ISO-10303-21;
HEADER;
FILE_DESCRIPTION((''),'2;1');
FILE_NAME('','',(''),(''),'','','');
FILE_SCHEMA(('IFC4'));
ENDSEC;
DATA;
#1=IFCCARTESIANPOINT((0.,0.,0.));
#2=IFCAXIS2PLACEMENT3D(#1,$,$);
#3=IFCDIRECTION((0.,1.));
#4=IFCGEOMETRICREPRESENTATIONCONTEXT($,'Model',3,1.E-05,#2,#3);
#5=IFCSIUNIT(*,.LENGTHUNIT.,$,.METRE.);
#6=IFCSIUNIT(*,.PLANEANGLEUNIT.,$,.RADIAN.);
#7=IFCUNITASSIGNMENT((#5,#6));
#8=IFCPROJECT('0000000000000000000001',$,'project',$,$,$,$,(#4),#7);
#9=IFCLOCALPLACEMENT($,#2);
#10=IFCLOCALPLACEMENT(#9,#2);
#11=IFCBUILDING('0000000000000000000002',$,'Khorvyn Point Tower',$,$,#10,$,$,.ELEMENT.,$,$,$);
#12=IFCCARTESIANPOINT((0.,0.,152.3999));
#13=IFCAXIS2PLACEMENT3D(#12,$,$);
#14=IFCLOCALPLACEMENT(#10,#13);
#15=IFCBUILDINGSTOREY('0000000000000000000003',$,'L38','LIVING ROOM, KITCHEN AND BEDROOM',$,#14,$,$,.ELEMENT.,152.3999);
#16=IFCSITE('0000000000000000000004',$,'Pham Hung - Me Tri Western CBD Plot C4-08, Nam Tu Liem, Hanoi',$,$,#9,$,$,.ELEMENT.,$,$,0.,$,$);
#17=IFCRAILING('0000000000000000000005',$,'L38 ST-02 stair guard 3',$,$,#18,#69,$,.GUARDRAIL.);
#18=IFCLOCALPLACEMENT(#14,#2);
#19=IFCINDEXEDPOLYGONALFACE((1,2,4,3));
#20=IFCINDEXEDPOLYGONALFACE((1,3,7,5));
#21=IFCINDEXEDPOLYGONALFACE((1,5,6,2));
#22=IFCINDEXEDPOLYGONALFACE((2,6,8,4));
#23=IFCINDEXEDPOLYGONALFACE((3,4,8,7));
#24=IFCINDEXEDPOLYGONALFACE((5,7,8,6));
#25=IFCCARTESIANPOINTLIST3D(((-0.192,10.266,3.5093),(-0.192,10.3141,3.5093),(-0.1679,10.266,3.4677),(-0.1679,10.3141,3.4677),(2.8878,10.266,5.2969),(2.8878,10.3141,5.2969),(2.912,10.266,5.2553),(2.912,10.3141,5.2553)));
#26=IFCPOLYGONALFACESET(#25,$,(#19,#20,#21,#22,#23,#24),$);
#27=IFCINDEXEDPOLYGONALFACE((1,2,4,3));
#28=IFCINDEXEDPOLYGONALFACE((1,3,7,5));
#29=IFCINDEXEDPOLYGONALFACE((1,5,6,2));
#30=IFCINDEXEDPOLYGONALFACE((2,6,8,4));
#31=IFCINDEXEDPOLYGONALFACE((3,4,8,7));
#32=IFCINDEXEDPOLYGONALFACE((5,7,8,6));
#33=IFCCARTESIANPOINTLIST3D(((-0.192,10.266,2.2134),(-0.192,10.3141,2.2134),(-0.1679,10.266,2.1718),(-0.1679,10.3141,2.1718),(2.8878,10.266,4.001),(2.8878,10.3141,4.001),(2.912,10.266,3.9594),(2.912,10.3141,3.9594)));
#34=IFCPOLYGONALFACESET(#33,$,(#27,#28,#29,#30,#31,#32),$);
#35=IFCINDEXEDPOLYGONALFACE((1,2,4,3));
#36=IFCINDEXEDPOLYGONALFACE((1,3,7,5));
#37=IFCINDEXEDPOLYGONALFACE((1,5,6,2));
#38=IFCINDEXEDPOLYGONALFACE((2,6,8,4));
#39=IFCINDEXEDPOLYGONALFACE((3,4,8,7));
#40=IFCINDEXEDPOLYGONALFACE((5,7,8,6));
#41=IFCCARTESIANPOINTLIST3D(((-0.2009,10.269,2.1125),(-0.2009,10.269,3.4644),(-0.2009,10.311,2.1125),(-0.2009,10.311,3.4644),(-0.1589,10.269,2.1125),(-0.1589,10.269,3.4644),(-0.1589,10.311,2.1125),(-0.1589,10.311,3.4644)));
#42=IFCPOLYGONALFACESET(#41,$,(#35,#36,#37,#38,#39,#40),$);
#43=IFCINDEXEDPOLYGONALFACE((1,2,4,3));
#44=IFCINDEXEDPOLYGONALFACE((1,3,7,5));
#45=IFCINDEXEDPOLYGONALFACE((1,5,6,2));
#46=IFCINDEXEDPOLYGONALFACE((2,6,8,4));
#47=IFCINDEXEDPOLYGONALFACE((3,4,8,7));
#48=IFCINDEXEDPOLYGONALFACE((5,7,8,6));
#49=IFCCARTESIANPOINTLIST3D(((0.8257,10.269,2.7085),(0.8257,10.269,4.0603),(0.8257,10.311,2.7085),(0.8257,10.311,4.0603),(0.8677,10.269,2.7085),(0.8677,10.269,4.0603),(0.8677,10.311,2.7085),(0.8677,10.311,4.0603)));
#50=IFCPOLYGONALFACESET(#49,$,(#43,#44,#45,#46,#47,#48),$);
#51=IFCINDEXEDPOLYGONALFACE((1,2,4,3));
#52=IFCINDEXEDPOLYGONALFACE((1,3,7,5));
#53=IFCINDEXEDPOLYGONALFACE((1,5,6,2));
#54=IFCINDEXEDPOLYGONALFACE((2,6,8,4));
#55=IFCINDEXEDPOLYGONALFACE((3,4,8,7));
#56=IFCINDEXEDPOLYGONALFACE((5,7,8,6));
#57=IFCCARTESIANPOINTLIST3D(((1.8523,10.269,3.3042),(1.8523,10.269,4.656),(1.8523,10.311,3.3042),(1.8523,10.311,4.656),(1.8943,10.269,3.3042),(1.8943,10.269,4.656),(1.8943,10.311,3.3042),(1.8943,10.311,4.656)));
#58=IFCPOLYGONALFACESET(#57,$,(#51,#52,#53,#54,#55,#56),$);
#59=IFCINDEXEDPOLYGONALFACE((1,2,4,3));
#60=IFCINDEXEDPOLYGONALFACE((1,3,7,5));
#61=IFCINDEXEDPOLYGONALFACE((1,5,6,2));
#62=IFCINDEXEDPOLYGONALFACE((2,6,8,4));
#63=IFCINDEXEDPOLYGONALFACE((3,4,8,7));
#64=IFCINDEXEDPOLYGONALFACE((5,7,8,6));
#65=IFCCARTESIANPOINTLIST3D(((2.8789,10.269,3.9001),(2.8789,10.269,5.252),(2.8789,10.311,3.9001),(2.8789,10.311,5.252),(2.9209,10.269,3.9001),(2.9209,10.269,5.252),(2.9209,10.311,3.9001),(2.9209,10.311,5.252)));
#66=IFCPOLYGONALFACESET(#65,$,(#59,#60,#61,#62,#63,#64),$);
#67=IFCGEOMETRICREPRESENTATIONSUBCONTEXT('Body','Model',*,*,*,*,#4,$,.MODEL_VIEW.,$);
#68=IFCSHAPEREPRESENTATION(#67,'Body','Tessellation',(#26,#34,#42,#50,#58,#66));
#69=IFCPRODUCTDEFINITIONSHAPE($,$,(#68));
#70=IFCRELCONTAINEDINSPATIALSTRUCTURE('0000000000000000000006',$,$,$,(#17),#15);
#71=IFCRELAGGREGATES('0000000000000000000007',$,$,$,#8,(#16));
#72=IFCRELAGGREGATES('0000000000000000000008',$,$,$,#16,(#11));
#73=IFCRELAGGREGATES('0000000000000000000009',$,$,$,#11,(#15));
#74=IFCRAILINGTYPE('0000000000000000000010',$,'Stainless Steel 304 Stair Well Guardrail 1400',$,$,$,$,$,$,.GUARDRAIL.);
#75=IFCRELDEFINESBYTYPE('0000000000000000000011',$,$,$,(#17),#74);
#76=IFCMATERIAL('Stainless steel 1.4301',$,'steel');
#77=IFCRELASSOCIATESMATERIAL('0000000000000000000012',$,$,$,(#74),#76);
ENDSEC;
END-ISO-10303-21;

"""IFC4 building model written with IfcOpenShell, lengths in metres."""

from ifc_helpers import new_model, si_unit, direction, frame, origin, origin_2d, place, context, subcontext, project, spatial, rectangle, extrude, material, type_object, element, save


model = new_model("IFC4")

# Units and contexts
model_context = context("Model", 3, precision=1e-05, world=origin(), true_north=direction((0.0, 1.0)))
body_context = subcontext(model_context, "Body", "Model", "MODEL_VIEW")
ifc_project = project(units=[si_unit("LENGTHUNIT", "METRE"), si_unit("PLANEANGLEUNIT", "RADIAN")], contexts=[model_context])

# Site, building, storey
site_placement = place(None, origin())
site = spatial("IfcSite", under=ifc_project, at=site_placement, Name="Pham Hung - Me Tri Western CBD Plot C4-08, Nam Tu Liem, Hanoi", CompositionType="ELEMENT", RefElevation=0.0)
building_placement = place(site_placement, origin())
building = spatial("IfcBuilding", under=site, at=building_placement, Name="Khorvyn Point Tower", CompositionType="ELEMENT")
storey_placement = place(building_placement, frame((0.0, 0.0, 152.3999)))
storey = spatial("IfcBuildingStorey", under=building, at=storey_placement, Name="L38", Description="LIVING ROOM, KITCHEN AND BEDROOM", CompositionType="ELEMENT", Elevation=152.3999)

# Shared definitions
ifc_material_1 = material(Name="Stainless steel 1.4301", Category="steel")

# Railing
railing_type_1 = type_object("IfcRailingType", Name="Stainless Steel 304 Stair Well Guardrail 1400", PredefinedType="GUARDRAIL", material=ifc_material_1)
railing_1_placement = place(storey_placement, frame((-0.1799, 10.29, 2.1125)))
element("IfcRailing", 1, at=railing_1_placement, inside=storey, type_object=railing_type_1, Name="L38 ST-02 stair guard 3", PredefinedType="GUARDRAIL", context=body_context, shape_type="SweptSolid", body=[
    extrude(rectangle(XDim=0.0481, YDim=0.0481, at=origin_2d()), frame((0.0, 0.0, 1.376), z_axis=(0.864873, 0.0, 0.50199), x_axis=(0.0, 1.0, 0.0)), (0.0, 0.0, 1.0), 3.561),
    extrude(rectangle(XDim=0.0481, YDim=0.0481, at=origin_2d()), frame((0.0, 0.0, 0.0801), z_axis=(0.864873, 0.0, 0.50199), x_axis=(0.0, 1.0, 0.0)), (0.0, 0.0, 1.0), 3.561),
    extrude(rectangle(XDim=0.042, YDim=0.042, at=origin_2d()), origin(), (0.0, 0.0, 1.0), 1.3518),
    extrude(rectangle(XDim=0.042, YDim=0.042, at=origin_2d()), frame((1.0266, 0.0, 0.5959)), (0.0, 0.0, 1.0), 1.3518),
    extrude(rectangle(XDim=0.042, YDim=0.042, at=origin_2d()), frame((2.0532, 0.0, 1.1917)), (0.0, 0.0, 1.0), 1.3518),
    extrude(rectangle(XDim=0.042, YDim=0.042, at=origin_2d()), frame((3.0798, 0.0, 1.7876)), (0.0, 0.0, 1.0), 1.3518),
])

save(model, "model.ifc")
